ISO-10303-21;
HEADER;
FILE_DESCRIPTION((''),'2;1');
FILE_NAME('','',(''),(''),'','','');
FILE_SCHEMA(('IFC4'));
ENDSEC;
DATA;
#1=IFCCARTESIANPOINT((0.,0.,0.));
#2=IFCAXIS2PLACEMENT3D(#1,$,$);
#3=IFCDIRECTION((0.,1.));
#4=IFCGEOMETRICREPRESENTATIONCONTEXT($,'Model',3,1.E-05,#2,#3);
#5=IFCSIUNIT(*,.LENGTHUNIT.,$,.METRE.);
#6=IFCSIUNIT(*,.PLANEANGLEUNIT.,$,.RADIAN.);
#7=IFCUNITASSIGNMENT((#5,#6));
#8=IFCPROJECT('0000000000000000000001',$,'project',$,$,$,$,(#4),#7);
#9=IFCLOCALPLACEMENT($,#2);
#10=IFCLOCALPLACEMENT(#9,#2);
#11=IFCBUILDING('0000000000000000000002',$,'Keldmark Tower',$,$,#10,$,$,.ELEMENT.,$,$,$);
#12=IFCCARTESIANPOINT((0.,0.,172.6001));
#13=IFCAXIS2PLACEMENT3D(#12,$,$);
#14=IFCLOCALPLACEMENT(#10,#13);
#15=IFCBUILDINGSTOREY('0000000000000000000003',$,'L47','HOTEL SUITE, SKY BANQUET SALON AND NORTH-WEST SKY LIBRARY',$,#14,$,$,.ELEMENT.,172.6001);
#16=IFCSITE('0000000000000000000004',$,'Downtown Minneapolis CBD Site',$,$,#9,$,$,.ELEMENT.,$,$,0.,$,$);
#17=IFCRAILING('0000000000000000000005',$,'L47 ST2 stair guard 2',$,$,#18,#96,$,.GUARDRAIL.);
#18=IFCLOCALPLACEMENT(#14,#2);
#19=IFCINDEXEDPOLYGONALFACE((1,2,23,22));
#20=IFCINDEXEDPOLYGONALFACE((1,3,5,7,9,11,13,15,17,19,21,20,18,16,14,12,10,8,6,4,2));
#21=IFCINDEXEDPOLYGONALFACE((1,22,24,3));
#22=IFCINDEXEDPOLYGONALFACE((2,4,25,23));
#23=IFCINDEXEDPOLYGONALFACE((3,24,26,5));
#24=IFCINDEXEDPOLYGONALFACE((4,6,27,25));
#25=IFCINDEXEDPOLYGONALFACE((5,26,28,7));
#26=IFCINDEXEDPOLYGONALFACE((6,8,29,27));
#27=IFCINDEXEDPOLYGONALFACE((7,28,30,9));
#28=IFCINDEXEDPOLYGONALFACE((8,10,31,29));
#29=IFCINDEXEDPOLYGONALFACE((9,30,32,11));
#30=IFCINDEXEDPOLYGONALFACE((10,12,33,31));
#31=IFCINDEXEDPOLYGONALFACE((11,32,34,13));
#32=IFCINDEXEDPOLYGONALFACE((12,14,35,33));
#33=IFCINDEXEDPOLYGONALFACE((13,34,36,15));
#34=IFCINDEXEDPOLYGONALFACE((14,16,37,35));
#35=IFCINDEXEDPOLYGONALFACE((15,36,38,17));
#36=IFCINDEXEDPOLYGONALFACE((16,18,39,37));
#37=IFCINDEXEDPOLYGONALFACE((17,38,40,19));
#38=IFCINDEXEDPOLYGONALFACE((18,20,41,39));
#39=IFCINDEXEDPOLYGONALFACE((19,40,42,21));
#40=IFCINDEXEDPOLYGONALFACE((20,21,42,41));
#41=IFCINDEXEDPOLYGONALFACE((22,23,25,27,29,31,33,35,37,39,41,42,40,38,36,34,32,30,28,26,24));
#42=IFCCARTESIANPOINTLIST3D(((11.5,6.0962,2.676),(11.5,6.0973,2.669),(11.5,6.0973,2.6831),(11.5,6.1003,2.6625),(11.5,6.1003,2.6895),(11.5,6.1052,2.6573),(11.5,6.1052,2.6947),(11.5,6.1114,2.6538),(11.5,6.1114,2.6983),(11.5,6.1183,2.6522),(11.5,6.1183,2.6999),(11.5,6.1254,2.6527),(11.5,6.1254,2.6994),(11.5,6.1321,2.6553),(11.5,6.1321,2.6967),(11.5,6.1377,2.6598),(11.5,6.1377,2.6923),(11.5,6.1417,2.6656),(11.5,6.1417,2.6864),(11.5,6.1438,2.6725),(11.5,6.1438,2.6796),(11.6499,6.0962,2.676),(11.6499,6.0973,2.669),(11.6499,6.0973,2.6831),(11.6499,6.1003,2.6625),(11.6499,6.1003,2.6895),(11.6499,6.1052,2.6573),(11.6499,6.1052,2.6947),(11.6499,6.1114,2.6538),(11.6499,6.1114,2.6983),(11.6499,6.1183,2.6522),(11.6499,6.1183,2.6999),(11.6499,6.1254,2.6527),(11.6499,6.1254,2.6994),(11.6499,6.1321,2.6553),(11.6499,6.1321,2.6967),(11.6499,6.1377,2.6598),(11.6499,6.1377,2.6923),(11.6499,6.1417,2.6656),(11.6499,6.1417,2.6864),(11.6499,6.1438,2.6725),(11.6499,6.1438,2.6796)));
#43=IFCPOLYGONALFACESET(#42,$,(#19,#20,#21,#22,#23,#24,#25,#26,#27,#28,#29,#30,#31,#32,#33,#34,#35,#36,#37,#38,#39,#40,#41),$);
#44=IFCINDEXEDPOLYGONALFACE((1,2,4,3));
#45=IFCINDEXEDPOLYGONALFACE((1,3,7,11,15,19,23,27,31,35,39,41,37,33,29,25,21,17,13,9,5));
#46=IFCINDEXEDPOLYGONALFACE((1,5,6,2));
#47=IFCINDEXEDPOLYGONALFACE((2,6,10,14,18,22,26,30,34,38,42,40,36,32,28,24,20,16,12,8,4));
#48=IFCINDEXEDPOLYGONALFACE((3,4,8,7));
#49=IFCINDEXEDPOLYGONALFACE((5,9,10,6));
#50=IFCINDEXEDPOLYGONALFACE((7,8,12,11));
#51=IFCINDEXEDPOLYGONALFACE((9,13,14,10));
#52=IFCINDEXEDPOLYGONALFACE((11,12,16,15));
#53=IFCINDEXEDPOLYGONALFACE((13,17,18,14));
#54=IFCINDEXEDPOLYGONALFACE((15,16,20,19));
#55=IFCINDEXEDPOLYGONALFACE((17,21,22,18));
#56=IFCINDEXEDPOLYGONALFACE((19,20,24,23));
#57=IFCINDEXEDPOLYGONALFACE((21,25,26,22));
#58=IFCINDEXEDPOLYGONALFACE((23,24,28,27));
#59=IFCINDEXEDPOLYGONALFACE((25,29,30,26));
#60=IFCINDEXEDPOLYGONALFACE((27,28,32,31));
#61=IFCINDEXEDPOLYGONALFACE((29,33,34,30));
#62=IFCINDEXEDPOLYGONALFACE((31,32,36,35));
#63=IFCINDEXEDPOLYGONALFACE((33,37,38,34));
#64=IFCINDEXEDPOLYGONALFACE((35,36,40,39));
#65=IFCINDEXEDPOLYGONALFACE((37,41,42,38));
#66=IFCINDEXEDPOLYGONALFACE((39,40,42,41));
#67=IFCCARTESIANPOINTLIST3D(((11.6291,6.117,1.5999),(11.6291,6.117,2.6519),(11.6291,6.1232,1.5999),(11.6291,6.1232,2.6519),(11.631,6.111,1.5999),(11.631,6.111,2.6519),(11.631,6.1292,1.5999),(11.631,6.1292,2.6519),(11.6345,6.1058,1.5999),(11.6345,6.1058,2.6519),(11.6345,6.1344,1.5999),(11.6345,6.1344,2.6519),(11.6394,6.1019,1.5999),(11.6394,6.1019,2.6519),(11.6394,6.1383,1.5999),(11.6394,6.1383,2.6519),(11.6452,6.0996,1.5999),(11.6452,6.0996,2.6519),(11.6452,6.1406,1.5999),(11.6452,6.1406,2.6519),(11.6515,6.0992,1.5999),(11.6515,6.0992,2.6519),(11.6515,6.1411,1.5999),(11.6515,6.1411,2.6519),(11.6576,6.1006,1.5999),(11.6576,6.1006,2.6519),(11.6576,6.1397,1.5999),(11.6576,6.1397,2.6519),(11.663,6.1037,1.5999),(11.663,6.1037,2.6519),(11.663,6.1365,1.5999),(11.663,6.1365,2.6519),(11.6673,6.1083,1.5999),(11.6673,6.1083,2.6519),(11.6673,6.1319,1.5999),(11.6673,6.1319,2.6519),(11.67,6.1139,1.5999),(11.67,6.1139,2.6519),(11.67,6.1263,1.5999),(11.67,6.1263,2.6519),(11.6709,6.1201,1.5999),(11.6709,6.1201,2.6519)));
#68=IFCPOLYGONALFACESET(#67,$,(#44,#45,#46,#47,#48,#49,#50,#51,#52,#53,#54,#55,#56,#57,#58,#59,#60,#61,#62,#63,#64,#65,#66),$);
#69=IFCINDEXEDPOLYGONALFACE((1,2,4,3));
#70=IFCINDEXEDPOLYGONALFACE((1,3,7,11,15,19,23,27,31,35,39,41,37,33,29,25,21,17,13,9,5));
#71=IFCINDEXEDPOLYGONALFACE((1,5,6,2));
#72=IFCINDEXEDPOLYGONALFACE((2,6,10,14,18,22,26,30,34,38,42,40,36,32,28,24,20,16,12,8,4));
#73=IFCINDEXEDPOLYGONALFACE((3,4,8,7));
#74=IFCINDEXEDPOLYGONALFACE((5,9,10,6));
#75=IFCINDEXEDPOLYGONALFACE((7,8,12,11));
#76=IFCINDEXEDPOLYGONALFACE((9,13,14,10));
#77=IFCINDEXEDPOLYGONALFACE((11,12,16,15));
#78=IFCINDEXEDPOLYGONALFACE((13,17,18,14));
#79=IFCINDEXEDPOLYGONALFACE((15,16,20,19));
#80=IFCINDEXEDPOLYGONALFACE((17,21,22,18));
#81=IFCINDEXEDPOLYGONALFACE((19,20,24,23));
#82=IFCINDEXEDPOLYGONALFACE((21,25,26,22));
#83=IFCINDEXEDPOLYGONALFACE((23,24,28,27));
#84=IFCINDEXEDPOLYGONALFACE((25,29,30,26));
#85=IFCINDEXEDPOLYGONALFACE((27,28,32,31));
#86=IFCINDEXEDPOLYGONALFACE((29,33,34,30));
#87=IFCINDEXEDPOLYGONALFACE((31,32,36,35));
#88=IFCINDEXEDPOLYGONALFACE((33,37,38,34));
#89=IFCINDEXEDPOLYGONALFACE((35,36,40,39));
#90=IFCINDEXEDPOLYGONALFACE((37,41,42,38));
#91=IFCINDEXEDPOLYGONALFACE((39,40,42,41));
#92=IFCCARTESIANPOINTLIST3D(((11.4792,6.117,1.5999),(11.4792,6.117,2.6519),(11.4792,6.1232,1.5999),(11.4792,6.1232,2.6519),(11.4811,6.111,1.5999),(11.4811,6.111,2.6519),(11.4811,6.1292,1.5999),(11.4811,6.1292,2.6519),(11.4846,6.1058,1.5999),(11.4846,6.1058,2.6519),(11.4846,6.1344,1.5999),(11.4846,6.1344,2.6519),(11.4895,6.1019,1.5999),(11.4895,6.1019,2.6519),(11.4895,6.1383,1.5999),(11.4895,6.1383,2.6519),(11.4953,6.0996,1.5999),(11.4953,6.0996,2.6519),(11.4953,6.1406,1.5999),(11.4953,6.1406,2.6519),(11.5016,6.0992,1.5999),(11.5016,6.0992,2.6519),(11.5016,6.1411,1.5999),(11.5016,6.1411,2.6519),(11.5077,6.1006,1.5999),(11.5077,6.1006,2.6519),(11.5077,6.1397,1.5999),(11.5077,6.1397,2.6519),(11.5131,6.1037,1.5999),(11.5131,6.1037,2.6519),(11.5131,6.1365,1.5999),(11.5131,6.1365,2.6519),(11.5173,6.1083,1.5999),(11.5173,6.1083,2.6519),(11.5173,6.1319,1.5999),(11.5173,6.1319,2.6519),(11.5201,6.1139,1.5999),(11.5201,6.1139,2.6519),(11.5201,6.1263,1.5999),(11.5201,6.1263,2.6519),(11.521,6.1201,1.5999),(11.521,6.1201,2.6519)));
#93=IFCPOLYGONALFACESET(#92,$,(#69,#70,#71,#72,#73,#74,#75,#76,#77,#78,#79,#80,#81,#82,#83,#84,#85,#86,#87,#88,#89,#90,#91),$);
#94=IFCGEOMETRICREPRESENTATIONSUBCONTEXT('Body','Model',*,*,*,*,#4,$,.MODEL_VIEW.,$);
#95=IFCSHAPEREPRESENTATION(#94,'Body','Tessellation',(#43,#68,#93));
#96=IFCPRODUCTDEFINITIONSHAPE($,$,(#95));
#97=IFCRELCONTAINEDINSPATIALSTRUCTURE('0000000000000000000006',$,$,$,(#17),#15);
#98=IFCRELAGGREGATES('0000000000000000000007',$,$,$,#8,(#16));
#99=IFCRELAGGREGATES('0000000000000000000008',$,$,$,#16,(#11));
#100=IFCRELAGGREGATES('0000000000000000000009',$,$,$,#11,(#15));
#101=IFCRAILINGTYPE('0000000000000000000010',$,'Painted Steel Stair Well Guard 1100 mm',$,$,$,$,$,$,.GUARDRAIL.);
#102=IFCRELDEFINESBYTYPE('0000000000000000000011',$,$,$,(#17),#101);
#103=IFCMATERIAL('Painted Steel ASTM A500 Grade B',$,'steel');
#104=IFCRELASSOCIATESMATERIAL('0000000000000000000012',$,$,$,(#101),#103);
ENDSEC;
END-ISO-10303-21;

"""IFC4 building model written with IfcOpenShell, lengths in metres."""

from ifc_helpers import new_model, si_unit, direction, frame, origin, origin_2d, place, context, subcontext, project, spatial, circle, extrude, material, type_object, element, save


model = new_model("IFC4")

# Units and contexts
model_context = context("Model", 3, precision=1e-05, world=origin(), true_north=direction((0.0, 1.0)))
body_context = subcontext(model_context, "Body", "Model", "MODEL_VIEW")
ifc_project = project(units=[si_unit("LENGTHUNIT", "METRE"), si_unit("PLANEANGLEUNIT", "RADIAN")], contexts=[model_context])

# Site, building, storey
site_placement = place(None, origin())
site = spatial("IfcSite", under=ifc_project, at=site_placement, Name="Downtown Minneapolis CBD Site", CompositionType="ELEMENT", RefElevation=0.0)
building_placement = place(site_placement, origin())
building = spatial("IfcBuilding", under=site, at=building_placement, Name="Keldmark Tower", CompositionType="ELEMENT")
storey_placement = place(building_placement, frame((0.0, 0.0, 172.6001)))
storey = spatial("IfcBuildingStorey", under=building, at=storey_placement, Name="L47", Description="HOTEL SUITE, SKY BANQUET SALON AND NORTH-WEST SKY LIBRARY", CompositionType="ELEMENT", Elevation=172.6001)

# Railing
ifc_material_1 = material(Name="Painted Steel ASTM A500 Grade B", Category="steel")
railing_type_1 = type_object("IfcRailingType", Name="Painted Steel Stair Well Guard 1100 mm", PredefinedType="GUARDRAIL", material=ifc_material_1)
railing_1_placement = place(storey_placement, frame((11.6499, 6.1201, 1.5999)))
element("IfcRailing", 1, at=railing_1_placement, inside=storey, type_object=railing_type_1, Name="L47 ST2 stair guard 2", PredefinedType="GUARDRAIL", context=body_context, shape_type="SweptSolid", body=[
    extrude(circle(Radius=0.0239, at=origin_2d()), frame((0.0, 0.0, 1.0762), z_axis=(-1.0, 0.0, 0.0), x_axis=(0.0, -1.0, 0.0)), (0.0, 0.0, 1.0), 0.1499),
    extrude(circle(Radius=0.021, at=origin_2d()), origin(), (0.0, 0.0, 1.0), 1.052),
    extrude(circle(Radius=0.021, at=origin_2d()), frame((-0.1499, 0.0, 0.0)), (0.0, 0.0, 1.0), 1.052),
])

save(model, "model.ifc")
